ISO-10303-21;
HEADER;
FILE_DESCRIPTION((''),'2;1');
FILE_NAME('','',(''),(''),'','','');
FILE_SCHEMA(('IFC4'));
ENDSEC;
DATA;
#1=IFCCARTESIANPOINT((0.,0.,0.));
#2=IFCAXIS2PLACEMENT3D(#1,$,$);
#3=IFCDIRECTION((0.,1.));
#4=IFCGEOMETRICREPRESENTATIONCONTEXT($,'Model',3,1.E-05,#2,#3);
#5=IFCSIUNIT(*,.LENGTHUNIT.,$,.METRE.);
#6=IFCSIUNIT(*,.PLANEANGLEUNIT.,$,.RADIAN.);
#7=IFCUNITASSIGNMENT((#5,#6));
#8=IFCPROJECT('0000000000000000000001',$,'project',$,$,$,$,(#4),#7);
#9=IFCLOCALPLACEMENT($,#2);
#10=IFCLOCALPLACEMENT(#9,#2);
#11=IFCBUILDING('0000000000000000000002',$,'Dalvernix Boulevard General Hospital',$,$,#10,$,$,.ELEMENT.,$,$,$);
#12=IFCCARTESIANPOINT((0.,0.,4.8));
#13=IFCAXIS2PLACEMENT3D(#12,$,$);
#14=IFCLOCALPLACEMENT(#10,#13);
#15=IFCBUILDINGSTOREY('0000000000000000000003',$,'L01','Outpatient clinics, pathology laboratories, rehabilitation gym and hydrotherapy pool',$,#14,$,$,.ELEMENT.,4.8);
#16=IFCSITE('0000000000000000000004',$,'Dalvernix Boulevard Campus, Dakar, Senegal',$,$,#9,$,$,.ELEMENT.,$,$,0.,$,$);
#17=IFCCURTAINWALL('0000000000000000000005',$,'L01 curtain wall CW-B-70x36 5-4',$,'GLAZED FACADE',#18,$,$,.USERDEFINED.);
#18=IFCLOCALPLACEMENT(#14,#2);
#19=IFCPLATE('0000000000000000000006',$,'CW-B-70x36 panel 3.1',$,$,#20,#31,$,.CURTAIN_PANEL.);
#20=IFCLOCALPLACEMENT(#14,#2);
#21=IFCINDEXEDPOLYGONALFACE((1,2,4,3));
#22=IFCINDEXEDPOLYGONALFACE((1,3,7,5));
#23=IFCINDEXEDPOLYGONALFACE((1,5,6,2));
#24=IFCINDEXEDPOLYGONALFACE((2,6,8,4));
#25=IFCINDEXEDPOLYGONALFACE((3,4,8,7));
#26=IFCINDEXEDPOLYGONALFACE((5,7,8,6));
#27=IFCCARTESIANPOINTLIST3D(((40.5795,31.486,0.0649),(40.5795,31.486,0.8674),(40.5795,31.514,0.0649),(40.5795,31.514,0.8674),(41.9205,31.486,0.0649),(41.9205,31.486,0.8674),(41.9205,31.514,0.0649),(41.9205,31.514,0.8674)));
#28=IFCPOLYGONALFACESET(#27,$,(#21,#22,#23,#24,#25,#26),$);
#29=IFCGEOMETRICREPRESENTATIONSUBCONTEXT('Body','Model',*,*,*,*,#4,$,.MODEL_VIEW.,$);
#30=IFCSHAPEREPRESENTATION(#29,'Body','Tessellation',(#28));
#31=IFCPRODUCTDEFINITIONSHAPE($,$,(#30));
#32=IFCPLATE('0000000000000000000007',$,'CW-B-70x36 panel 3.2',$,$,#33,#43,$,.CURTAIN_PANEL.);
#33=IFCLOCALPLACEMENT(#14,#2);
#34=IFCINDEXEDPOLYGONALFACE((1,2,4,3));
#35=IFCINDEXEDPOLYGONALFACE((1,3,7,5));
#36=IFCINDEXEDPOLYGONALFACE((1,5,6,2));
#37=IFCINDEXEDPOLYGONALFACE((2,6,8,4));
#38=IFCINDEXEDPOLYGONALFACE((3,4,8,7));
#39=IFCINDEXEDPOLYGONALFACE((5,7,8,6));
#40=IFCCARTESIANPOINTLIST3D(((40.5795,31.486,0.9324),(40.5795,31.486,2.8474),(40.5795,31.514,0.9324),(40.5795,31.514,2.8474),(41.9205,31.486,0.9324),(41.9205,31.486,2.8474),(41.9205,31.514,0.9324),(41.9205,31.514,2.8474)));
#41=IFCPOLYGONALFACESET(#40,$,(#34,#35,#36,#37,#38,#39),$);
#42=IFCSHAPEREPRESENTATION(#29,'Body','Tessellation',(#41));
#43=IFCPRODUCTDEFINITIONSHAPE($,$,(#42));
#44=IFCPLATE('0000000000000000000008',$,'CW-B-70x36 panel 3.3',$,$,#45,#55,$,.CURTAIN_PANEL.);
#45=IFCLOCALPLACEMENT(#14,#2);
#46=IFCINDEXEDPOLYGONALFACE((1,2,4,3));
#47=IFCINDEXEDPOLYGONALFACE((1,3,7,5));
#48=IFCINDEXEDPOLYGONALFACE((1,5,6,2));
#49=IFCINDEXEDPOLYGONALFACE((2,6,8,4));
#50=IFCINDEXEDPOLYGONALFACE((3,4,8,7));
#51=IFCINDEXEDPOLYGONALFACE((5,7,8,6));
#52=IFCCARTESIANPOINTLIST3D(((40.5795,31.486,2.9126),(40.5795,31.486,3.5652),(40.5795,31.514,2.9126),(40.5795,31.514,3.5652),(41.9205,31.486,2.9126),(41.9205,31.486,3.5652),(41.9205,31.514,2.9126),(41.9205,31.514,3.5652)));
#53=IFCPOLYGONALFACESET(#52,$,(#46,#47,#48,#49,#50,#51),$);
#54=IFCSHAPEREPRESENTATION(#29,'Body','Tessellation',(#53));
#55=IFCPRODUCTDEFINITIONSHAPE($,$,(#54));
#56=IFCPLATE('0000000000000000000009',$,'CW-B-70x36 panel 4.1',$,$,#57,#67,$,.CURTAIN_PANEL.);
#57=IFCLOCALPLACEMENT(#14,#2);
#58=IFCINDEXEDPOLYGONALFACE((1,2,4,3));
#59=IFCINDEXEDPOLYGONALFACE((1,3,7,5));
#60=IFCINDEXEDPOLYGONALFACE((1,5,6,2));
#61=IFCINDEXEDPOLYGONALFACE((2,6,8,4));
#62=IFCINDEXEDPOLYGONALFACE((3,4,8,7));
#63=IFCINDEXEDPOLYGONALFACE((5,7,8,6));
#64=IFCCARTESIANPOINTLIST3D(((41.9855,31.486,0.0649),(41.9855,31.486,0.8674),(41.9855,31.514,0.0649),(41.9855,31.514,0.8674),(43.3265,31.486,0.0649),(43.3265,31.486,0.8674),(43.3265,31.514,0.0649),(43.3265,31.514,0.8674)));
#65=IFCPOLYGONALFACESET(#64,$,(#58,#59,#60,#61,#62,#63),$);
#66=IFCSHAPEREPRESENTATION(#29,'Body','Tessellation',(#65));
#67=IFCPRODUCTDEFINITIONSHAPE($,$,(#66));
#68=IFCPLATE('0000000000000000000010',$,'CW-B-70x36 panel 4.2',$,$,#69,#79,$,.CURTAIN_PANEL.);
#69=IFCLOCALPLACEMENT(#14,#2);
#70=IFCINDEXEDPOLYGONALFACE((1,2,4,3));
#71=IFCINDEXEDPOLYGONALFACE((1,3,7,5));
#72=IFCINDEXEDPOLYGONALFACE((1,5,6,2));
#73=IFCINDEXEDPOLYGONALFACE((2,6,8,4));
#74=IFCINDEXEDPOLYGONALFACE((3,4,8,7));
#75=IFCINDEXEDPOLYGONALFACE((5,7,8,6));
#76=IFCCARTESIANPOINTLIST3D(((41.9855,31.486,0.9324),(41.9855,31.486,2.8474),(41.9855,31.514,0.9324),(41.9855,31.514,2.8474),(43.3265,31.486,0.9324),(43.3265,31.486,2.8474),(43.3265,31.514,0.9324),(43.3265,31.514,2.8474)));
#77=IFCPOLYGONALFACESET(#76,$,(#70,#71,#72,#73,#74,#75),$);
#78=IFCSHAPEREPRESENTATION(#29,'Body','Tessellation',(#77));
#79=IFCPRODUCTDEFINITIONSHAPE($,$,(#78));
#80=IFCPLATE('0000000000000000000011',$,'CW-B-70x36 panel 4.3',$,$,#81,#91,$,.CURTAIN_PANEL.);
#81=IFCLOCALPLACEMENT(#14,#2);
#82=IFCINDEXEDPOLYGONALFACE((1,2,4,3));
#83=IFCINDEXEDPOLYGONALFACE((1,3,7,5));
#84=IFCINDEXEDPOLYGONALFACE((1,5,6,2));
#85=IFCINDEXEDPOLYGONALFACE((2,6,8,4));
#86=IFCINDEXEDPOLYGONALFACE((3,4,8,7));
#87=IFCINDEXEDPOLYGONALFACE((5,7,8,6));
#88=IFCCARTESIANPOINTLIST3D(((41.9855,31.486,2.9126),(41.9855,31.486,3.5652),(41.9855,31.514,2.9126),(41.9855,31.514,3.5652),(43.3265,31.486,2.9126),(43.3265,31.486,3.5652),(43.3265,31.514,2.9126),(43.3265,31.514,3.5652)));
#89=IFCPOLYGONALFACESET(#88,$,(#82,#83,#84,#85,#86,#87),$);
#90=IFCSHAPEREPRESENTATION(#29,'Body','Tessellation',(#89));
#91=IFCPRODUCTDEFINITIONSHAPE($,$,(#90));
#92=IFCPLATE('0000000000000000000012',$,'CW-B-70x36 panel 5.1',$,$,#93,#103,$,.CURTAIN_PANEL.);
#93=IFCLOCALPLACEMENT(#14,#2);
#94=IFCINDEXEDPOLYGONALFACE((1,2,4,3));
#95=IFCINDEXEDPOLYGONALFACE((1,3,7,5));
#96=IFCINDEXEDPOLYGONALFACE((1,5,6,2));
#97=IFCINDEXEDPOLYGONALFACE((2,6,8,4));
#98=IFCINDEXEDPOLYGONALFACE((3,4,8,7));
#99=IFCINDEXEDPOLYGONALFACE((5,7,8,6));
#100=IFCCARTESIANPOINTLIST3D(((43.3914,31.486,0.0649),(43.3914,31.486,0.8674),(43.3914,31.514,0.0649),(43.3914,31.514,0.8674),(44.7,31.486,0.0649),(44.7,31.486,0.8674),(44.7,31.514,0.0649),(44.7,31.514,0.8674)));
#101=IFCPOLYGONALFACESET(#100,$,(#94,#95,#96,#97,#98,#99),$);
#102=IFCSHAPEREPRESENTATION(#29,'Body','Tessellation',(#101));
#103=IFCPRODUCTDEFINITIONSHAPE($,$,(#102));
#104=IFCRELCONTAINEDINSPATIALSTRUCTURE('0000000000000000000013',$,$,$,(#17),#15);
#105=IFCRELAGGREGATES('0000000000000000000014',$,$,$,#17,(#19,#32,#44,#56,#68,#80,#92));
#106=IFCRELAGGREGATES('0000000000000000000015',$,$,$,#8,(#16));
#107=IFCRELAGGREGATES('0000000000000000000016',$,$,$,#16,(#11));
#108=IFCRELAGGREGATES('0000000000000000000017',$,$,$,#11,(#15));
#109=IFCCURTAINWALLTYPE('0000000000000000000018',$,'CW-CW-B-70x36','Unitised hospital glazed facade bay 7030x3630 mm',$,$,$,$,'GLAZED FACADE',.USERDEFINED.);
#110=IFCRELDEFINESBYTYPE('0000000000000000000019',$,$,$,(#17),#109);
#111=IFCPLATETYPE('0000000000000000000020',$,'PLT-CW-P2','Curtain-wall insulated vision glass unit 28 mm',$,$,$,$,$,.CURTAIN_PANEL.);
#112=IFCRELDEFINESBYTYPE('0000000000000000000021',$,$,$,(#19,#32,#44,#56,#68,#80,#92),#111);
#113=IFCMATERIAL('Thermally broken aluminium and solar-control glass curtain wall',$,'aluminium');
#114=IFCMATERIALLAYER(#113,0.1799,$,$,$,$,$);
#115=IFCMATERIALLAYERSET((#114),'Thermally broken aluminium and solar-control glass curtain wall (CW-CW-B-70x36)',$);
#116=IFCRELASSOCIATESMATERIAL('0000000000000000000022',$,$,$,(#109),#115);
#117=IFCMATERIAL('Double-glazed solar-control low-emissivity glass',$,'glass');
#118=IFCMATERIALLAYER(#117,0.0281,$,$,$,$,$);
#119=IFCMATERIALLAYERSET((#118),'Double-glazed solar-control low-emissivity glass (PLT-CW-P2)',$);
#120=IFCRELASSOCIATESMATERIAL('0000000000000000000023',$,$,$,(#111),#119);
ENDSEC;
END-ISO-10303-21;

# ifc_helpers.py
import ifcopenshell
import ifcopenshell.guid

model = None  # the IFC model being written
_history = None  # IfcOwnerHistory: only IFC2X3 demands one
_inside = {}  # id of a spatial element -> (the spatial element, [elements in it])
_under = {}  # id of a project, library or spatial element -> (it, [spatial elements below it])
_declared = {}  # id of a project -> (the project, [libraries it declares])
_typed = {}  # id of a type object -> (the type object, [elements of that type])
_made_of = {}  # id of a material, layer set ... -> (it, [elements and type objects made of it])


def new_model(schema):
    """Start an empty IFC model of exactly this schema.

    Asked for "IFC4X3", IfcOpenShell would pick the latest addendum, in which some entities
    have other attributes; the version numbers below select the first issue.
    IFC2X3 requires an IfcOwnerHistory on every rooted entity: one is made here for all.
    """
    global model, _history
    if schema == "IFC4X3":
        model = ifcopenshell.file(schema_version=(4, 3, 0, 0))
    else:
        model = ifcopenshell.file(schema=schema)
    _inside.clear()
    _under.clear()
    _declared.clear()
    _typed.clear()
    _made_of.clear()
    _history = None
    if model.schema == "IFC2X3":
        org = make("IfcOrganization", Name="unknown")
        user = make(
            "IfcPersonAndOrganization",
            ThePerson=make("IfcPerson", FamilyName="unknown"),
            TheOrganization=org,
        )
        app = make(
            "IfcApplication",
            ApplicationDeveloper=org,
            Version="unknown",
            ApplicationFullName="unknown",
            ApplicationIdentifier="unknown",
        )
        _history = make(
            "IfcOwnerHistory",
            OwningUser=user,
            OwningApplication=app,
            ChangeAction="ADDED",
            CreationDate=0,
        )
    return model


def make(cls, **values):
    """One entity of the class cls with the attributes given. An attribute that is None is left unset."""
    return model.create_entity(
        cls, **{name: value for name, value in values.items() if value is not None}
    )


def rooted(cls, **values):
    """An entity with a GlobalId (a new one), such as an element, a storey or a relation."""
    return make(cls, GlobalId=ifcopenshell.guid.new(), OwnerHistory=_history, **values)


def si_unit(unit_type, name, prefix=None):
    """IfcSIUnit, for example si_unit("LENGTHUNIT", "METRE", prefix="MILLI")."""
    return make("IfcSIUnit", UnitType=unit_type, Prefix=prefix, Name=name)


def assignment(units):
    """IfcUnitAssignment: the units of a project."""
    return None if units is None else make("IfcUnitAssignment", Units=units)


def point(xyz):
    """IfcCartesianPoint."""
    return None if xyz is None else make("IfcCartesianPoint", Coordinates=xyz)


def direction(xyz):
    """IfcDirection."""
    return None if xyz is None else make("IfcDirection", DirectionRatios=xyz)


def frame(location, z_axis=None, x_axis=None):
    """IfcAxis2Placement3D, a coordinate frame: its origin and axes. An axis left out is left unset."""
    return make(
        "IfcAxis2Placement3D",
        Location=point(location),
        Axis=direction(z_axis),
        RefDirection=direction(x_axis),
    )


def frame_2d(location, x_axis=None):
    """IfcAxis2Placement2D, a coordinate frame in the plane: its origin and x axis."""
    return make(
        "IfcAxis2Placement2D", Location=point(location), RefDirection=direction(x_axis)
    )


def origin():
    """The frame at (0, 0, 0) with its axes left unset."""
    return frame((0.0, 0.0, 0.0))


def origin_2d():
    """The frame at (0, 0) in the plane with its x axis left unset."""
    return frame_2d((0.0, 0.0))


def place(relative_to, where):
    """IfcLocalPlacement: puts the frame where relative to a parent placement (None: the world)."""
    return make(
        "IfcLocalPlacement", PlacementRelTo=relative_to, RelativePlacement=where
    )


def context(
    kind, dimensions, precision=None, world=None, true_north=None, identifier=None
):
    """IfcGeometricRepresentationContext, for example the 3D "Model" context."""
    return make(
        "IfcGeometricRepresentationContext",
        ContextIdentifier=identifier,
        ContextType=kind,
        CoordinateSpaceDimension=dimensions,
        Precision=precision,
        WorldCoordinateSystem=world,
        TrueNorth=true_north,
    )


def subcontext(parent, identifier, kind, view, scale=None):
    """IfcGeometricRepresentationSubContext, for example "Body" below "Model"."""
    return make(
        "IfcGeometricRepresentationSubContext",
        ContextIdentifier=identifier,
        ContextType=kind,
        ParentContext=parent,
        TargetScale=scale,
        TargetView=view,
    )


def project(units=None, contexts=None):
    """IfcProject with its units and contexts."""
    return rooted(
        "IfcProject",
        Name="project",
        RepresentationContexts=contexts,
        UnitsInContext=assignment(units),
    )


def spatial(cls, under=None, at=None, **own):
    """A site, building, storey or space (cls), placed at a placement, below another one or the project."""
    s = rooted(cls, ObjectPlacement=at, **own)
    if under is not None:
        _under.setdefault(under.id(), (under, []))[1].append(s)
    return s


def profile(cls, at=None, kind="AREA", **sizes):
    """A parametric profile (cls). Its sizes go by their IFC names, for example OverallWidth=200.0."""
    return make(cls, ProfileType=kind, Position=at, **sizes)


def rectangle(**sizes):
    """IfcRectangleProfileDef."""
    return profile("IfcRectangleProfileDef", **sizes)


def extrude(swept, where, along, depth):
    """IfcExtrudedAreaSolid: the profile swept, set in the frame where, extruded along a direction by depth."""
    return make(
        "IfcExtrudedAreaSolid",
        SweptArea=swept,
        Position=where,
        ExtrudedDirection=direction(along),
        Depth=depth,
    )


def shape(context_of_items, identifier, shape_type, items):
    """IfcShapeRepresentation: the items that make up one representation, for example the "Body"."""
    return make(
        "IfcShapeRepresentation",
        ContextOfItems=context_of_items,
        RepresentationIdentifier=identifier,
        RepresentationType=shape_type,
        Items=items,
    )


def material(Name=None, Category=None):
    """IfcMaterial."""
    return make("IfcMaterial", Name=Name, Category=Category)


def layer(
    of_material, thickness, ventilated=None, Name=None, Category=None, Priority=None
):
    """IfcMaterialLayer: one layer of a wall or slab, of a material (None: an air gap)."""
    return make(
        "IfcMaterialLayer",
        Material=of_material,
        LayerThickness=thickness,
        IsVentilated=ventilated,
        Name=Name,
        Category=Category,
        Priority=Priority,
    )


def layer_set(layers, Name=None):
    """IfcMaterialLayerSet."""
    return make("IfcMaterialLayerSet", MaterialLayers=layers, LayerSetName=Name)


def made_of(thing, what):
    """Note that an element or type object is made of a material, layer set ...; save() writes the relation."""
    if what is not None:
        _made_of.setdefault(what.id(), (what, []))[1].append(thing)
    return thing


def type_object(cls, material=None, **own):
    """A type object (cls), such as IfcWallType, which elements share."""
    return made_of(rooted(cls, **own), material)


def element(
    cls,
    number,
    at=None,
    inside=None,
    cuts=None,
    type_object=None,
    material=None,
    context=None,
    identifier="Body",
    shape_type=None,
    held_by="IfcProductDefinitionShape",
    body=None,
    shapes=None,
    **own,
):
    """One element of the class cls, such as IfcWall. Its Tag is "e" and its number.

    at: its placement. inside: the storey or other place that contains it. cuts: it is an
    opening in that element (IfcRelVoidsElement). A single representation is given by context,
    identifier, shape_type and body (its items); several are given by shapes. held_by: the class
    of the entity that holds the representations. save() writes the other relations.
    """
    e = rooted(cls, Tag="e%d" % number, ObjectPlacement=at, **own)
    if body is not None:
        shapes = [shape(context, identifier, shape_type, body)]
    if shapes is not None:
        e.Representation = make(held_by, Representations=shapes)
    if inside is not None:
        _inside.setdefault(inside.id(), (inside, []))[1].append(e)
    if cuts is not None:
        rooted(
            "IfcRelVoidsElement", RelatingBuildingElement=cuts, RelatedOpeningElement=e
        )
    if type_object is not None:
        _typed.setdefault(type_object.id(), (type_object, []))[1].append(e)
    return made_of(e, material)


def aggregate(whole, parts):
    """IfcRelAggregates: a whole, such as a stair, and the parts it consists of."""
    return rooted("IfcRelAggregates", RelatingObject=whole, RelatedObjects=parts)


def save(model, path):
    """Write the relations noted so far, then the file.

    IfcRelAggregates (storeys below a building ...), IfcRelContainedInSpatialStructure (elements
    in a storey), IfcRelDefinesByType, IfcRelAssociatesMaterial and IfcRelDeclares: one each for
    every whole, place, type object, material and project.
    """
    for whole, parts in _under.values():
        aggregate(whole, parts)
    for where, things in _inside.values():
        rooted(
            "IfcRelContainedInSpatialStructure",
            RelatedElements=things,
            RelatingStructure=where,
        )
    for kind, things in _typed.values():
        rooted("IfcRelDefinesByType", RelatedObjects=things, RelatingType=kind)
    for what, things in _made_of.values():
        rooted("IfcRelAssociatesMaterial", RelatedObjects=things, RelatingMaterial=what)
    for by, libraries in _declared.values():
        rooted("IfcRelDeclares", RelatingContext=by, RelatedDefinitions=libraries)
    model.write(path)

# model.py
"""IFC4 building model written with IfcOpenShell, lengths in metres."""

from ifc_helpers import new_model, si_unit, direction, frame, origin, origin_2d, place, context, subcontext, project, spatial, rectangle, extrude, material, layer, layer_set, type_object, element, aggregate, save


model = new_model("IFC4")

# Units and contexts
model_context = context("Model", 3, precision=1e-05, world=origin(), true_north=direction((0.0, 1.0)))
body_context = subcontext(model_context, "Body", "Model", "MODEL_VIEW")
ifc_project = project(units=[si_unit("LENGTHUNIT", "METRE"), si_unit("PLANEANGLEUNIT", "RADIAN")], contexts=[model_context])

# Site, building, storey
site_placement = place(None, origin())
site = spatial("IfcSite", under=ifc_project, at=site_placement, Name="Dalvernix Boulevard Campus, Dakar, Senegal", CompositionType="ELEMENT", RefElevation=0.0)
building_placement = place(site_placement, origin())
building = spatial("IfcBuilding", under=site, at=building_placement, Name="Dalvernix Boulevard General Hospital", CompositionType="ELEMENT")
storey_placement = place(building_placement, frame((0.0, 0.0, 4.8)))
storey = spatial("IfcBuildingStorey", under=building, at=storey_placement, Name="L01", Description="Outpatient clinics, pathology laboratories, rehabilitation gym and hydrotherapy pool", CompositionType="ELEMENT", Elevation=4.8)

# Curtain wall, plates
ifc_material_1 = material(Name="Thermally broken aluminium and solar-control glass curtain wall", Category="aluminium")
ifc_layer_1 = layer(ifc_material_1, 0.1799)
ifc_layer_set_1 = layer_set([ifc_layer_1], Name="Thermally broken aluminium and solar-control glass curtain wall (CW-CW-B-70x36)")
curtain_wall_type = type_object("IfcCurtainWallType", Name="CW-CW-B-70x36", Description="Unitised hospital glazed facade bay 7030x3630 mm", ElementType="GLAZED FACADE", PredefinedType="USERDEFINED", material=ifc_layer_set_1)
curtain_wall_placement = place(storey_placement, origin())
curtain_wall = element("IfcCurtainWall", 1, at=curtain_wall_placement, inside=storey, type_object=curtain_wall_type, Name="L01 curtain wall CW-B-70x36 5-4", ObjectType="GLAZED FACADE", PredefinedType="USERDEFINED")
ifc_material_2 = material(Name="Double-glazed solar-control low-emissivity glass", Category="glass")
ifc_layer_2 = layer(ifc_material_2, 0.0281)
ifc_layer_set_2 = layer_set([ifc_layer_2], Name="Double-glazed solar-control low-emissivity glass (PLT-CW-P2)")
plate_type = type_object("IfcPlateType", Name="PLT-CW-P2", Description="Curtain-wall insulated vision glass unit 28 mm", PredefinedType="CURTAIN_PANEL", material=ifc_layer_set_2)
plate_1_placement = place(storey_placement, frame((41.25, 31.5, 0.0649), z_axis=(0.0, 0.0, 1.0), x_axis=(1.0, 0.0, 0.0)))
plate_1 = element("IfcPlate", 2, at=plate_1_placement, type_object=plate_type, Name="CW-B-70x36 panel 3.1", PredefinedType="CURTAIN_PANEL", context=body_context, shape_type="SweptSolid", body=[
    extrude(rectangle(XDim=1.3411, YDim=0.0281, at=origin_2d()), origin(), (0.0, 0.0, 1.0), 0.8025),
])
plate_2_placement = place(storey_placement, frame((41.25, 31.5, 0.9324), z_axis=(0.0, 0.0, 1.0), x_axis=(1.0, 0.0, 0.0)))
plate_2 = element("IfcPlate", 3, at=plate_2_placement, type_object=plate_type, Name="CW-B-70x36 panel 3.2", PredefinedType="CURTAIN_PANEL", context=body_context, shape_type="SweptSolid", body=[
    extrude(rectangle(XDim=1.3411, YDim=0.0281, at=origin_2d()), origin(), (0.0, 0.0, 1.0), 1.915),
])
plate_3_placement = place(storey_placement, frame((41.25, 31.5, 2.9126), z_axis=(0.0, 0.0, 1.0), x_axis=(1.0, 0.0, 0.0)))
plate_3 = element("IfcPlate", 4, at=plate_3_placement, type_object=plate_type, Name="CW-B-70x36 panel 3.3", PredefinedType="CURTAIN_PANEL", context=body_context, shape_type="SweptSolid", body=[
    extrude(rectangle(XDim=1.3411, YDim=0.0281, at=origin_2d()), origin(), (0.0, 0.0, 1.0), 0.6526),
])
plate_4_placement = place(storey_placement, frame((42.656, 31.5, 0.0649), z_axis=(0.0, 0.0, 1.0), x_axis=(1.0, 0.0, 0.0)))
plate_4 = element("IfcPlate", 5, at=plate_4_placement, type_object=plate_type, Name="CW-B-70x36 panel 4.1", PredefinedType="CURTAIN_PANEL", context=body_context, shape_type="SweptSolid", body=[
    extrude(rectangle(XDim=1.3411, YDim=0.0281, at=origin_2d()), origin(), (0.0, 0.0, 1.0), 0.8025),
])
plate_5_placement = place(storey_placement, frame((42.656, 31.5, 0.9324), z_axis=(0.0, 0.0, 1.0), x_axis=(1.0, 0.0, 0.0)))
plate_5 = element("IfcPlate", 6, at=plate_5_placement, type_object=plate_type, Name="CW-B-70x36 panel 4.2", PredefinedType="CURTAIN_PANEL", context=body_context, shape_type="SweptSolid", body=[
    extrude(rectangle(XDim=1.3411, YDim=0.0281, at=origin_2d()), origin(), (0.0, 0.0, 1.0), 1.915),
])
plate_6_placement = place(storey_placement, frame((42.656, 31.5, 2.9126), z_axis=(0.0, 0.0, 1.0), x_axis=(1.0, 0.0, 0.0)))
plate_6 = element("IfcPlate", 7, at=plate_6_placement, type_object=plate_type, Name="CW-B-70x36 panel 4.3", PredefinedType="CURTAIN_PANEL", context=body_context, shape_type="SweptSolid", body=[
    extrude(rectangle(XDim=1.3411, YDim=0.0281, at=origin_2d()), origin(), (0.0, 0.0, 1.0), 0.6526),
])
plate_7_placement = place(storey_placement, frame((44.0457, 31.5, 0.0649), z_axis=(0.0, 0.0, 1.0), x_axis=(1.0, 0.0, 0.0)))
plate_7 = element("IfcPlate", 8, at=plate_7_placement, type_object=plate_type, Name="CW-B-70x36 panel 5.1", PredefinedType="CURTAIN_PANEL", context=body_context, shape_type="SweptSolid", body=[
    extrude(rectangle(XDim=1.3086, YDim=0.0281, at=origin_2d()), origin(), (0.0, 0.0, 1.0), 0.8025),
])
aggregate(curtain_wall, [plate_1, plate_2, plate_3, plate_4, plate_5, plate_6, plate_7])

save(model, "model.ifc")
